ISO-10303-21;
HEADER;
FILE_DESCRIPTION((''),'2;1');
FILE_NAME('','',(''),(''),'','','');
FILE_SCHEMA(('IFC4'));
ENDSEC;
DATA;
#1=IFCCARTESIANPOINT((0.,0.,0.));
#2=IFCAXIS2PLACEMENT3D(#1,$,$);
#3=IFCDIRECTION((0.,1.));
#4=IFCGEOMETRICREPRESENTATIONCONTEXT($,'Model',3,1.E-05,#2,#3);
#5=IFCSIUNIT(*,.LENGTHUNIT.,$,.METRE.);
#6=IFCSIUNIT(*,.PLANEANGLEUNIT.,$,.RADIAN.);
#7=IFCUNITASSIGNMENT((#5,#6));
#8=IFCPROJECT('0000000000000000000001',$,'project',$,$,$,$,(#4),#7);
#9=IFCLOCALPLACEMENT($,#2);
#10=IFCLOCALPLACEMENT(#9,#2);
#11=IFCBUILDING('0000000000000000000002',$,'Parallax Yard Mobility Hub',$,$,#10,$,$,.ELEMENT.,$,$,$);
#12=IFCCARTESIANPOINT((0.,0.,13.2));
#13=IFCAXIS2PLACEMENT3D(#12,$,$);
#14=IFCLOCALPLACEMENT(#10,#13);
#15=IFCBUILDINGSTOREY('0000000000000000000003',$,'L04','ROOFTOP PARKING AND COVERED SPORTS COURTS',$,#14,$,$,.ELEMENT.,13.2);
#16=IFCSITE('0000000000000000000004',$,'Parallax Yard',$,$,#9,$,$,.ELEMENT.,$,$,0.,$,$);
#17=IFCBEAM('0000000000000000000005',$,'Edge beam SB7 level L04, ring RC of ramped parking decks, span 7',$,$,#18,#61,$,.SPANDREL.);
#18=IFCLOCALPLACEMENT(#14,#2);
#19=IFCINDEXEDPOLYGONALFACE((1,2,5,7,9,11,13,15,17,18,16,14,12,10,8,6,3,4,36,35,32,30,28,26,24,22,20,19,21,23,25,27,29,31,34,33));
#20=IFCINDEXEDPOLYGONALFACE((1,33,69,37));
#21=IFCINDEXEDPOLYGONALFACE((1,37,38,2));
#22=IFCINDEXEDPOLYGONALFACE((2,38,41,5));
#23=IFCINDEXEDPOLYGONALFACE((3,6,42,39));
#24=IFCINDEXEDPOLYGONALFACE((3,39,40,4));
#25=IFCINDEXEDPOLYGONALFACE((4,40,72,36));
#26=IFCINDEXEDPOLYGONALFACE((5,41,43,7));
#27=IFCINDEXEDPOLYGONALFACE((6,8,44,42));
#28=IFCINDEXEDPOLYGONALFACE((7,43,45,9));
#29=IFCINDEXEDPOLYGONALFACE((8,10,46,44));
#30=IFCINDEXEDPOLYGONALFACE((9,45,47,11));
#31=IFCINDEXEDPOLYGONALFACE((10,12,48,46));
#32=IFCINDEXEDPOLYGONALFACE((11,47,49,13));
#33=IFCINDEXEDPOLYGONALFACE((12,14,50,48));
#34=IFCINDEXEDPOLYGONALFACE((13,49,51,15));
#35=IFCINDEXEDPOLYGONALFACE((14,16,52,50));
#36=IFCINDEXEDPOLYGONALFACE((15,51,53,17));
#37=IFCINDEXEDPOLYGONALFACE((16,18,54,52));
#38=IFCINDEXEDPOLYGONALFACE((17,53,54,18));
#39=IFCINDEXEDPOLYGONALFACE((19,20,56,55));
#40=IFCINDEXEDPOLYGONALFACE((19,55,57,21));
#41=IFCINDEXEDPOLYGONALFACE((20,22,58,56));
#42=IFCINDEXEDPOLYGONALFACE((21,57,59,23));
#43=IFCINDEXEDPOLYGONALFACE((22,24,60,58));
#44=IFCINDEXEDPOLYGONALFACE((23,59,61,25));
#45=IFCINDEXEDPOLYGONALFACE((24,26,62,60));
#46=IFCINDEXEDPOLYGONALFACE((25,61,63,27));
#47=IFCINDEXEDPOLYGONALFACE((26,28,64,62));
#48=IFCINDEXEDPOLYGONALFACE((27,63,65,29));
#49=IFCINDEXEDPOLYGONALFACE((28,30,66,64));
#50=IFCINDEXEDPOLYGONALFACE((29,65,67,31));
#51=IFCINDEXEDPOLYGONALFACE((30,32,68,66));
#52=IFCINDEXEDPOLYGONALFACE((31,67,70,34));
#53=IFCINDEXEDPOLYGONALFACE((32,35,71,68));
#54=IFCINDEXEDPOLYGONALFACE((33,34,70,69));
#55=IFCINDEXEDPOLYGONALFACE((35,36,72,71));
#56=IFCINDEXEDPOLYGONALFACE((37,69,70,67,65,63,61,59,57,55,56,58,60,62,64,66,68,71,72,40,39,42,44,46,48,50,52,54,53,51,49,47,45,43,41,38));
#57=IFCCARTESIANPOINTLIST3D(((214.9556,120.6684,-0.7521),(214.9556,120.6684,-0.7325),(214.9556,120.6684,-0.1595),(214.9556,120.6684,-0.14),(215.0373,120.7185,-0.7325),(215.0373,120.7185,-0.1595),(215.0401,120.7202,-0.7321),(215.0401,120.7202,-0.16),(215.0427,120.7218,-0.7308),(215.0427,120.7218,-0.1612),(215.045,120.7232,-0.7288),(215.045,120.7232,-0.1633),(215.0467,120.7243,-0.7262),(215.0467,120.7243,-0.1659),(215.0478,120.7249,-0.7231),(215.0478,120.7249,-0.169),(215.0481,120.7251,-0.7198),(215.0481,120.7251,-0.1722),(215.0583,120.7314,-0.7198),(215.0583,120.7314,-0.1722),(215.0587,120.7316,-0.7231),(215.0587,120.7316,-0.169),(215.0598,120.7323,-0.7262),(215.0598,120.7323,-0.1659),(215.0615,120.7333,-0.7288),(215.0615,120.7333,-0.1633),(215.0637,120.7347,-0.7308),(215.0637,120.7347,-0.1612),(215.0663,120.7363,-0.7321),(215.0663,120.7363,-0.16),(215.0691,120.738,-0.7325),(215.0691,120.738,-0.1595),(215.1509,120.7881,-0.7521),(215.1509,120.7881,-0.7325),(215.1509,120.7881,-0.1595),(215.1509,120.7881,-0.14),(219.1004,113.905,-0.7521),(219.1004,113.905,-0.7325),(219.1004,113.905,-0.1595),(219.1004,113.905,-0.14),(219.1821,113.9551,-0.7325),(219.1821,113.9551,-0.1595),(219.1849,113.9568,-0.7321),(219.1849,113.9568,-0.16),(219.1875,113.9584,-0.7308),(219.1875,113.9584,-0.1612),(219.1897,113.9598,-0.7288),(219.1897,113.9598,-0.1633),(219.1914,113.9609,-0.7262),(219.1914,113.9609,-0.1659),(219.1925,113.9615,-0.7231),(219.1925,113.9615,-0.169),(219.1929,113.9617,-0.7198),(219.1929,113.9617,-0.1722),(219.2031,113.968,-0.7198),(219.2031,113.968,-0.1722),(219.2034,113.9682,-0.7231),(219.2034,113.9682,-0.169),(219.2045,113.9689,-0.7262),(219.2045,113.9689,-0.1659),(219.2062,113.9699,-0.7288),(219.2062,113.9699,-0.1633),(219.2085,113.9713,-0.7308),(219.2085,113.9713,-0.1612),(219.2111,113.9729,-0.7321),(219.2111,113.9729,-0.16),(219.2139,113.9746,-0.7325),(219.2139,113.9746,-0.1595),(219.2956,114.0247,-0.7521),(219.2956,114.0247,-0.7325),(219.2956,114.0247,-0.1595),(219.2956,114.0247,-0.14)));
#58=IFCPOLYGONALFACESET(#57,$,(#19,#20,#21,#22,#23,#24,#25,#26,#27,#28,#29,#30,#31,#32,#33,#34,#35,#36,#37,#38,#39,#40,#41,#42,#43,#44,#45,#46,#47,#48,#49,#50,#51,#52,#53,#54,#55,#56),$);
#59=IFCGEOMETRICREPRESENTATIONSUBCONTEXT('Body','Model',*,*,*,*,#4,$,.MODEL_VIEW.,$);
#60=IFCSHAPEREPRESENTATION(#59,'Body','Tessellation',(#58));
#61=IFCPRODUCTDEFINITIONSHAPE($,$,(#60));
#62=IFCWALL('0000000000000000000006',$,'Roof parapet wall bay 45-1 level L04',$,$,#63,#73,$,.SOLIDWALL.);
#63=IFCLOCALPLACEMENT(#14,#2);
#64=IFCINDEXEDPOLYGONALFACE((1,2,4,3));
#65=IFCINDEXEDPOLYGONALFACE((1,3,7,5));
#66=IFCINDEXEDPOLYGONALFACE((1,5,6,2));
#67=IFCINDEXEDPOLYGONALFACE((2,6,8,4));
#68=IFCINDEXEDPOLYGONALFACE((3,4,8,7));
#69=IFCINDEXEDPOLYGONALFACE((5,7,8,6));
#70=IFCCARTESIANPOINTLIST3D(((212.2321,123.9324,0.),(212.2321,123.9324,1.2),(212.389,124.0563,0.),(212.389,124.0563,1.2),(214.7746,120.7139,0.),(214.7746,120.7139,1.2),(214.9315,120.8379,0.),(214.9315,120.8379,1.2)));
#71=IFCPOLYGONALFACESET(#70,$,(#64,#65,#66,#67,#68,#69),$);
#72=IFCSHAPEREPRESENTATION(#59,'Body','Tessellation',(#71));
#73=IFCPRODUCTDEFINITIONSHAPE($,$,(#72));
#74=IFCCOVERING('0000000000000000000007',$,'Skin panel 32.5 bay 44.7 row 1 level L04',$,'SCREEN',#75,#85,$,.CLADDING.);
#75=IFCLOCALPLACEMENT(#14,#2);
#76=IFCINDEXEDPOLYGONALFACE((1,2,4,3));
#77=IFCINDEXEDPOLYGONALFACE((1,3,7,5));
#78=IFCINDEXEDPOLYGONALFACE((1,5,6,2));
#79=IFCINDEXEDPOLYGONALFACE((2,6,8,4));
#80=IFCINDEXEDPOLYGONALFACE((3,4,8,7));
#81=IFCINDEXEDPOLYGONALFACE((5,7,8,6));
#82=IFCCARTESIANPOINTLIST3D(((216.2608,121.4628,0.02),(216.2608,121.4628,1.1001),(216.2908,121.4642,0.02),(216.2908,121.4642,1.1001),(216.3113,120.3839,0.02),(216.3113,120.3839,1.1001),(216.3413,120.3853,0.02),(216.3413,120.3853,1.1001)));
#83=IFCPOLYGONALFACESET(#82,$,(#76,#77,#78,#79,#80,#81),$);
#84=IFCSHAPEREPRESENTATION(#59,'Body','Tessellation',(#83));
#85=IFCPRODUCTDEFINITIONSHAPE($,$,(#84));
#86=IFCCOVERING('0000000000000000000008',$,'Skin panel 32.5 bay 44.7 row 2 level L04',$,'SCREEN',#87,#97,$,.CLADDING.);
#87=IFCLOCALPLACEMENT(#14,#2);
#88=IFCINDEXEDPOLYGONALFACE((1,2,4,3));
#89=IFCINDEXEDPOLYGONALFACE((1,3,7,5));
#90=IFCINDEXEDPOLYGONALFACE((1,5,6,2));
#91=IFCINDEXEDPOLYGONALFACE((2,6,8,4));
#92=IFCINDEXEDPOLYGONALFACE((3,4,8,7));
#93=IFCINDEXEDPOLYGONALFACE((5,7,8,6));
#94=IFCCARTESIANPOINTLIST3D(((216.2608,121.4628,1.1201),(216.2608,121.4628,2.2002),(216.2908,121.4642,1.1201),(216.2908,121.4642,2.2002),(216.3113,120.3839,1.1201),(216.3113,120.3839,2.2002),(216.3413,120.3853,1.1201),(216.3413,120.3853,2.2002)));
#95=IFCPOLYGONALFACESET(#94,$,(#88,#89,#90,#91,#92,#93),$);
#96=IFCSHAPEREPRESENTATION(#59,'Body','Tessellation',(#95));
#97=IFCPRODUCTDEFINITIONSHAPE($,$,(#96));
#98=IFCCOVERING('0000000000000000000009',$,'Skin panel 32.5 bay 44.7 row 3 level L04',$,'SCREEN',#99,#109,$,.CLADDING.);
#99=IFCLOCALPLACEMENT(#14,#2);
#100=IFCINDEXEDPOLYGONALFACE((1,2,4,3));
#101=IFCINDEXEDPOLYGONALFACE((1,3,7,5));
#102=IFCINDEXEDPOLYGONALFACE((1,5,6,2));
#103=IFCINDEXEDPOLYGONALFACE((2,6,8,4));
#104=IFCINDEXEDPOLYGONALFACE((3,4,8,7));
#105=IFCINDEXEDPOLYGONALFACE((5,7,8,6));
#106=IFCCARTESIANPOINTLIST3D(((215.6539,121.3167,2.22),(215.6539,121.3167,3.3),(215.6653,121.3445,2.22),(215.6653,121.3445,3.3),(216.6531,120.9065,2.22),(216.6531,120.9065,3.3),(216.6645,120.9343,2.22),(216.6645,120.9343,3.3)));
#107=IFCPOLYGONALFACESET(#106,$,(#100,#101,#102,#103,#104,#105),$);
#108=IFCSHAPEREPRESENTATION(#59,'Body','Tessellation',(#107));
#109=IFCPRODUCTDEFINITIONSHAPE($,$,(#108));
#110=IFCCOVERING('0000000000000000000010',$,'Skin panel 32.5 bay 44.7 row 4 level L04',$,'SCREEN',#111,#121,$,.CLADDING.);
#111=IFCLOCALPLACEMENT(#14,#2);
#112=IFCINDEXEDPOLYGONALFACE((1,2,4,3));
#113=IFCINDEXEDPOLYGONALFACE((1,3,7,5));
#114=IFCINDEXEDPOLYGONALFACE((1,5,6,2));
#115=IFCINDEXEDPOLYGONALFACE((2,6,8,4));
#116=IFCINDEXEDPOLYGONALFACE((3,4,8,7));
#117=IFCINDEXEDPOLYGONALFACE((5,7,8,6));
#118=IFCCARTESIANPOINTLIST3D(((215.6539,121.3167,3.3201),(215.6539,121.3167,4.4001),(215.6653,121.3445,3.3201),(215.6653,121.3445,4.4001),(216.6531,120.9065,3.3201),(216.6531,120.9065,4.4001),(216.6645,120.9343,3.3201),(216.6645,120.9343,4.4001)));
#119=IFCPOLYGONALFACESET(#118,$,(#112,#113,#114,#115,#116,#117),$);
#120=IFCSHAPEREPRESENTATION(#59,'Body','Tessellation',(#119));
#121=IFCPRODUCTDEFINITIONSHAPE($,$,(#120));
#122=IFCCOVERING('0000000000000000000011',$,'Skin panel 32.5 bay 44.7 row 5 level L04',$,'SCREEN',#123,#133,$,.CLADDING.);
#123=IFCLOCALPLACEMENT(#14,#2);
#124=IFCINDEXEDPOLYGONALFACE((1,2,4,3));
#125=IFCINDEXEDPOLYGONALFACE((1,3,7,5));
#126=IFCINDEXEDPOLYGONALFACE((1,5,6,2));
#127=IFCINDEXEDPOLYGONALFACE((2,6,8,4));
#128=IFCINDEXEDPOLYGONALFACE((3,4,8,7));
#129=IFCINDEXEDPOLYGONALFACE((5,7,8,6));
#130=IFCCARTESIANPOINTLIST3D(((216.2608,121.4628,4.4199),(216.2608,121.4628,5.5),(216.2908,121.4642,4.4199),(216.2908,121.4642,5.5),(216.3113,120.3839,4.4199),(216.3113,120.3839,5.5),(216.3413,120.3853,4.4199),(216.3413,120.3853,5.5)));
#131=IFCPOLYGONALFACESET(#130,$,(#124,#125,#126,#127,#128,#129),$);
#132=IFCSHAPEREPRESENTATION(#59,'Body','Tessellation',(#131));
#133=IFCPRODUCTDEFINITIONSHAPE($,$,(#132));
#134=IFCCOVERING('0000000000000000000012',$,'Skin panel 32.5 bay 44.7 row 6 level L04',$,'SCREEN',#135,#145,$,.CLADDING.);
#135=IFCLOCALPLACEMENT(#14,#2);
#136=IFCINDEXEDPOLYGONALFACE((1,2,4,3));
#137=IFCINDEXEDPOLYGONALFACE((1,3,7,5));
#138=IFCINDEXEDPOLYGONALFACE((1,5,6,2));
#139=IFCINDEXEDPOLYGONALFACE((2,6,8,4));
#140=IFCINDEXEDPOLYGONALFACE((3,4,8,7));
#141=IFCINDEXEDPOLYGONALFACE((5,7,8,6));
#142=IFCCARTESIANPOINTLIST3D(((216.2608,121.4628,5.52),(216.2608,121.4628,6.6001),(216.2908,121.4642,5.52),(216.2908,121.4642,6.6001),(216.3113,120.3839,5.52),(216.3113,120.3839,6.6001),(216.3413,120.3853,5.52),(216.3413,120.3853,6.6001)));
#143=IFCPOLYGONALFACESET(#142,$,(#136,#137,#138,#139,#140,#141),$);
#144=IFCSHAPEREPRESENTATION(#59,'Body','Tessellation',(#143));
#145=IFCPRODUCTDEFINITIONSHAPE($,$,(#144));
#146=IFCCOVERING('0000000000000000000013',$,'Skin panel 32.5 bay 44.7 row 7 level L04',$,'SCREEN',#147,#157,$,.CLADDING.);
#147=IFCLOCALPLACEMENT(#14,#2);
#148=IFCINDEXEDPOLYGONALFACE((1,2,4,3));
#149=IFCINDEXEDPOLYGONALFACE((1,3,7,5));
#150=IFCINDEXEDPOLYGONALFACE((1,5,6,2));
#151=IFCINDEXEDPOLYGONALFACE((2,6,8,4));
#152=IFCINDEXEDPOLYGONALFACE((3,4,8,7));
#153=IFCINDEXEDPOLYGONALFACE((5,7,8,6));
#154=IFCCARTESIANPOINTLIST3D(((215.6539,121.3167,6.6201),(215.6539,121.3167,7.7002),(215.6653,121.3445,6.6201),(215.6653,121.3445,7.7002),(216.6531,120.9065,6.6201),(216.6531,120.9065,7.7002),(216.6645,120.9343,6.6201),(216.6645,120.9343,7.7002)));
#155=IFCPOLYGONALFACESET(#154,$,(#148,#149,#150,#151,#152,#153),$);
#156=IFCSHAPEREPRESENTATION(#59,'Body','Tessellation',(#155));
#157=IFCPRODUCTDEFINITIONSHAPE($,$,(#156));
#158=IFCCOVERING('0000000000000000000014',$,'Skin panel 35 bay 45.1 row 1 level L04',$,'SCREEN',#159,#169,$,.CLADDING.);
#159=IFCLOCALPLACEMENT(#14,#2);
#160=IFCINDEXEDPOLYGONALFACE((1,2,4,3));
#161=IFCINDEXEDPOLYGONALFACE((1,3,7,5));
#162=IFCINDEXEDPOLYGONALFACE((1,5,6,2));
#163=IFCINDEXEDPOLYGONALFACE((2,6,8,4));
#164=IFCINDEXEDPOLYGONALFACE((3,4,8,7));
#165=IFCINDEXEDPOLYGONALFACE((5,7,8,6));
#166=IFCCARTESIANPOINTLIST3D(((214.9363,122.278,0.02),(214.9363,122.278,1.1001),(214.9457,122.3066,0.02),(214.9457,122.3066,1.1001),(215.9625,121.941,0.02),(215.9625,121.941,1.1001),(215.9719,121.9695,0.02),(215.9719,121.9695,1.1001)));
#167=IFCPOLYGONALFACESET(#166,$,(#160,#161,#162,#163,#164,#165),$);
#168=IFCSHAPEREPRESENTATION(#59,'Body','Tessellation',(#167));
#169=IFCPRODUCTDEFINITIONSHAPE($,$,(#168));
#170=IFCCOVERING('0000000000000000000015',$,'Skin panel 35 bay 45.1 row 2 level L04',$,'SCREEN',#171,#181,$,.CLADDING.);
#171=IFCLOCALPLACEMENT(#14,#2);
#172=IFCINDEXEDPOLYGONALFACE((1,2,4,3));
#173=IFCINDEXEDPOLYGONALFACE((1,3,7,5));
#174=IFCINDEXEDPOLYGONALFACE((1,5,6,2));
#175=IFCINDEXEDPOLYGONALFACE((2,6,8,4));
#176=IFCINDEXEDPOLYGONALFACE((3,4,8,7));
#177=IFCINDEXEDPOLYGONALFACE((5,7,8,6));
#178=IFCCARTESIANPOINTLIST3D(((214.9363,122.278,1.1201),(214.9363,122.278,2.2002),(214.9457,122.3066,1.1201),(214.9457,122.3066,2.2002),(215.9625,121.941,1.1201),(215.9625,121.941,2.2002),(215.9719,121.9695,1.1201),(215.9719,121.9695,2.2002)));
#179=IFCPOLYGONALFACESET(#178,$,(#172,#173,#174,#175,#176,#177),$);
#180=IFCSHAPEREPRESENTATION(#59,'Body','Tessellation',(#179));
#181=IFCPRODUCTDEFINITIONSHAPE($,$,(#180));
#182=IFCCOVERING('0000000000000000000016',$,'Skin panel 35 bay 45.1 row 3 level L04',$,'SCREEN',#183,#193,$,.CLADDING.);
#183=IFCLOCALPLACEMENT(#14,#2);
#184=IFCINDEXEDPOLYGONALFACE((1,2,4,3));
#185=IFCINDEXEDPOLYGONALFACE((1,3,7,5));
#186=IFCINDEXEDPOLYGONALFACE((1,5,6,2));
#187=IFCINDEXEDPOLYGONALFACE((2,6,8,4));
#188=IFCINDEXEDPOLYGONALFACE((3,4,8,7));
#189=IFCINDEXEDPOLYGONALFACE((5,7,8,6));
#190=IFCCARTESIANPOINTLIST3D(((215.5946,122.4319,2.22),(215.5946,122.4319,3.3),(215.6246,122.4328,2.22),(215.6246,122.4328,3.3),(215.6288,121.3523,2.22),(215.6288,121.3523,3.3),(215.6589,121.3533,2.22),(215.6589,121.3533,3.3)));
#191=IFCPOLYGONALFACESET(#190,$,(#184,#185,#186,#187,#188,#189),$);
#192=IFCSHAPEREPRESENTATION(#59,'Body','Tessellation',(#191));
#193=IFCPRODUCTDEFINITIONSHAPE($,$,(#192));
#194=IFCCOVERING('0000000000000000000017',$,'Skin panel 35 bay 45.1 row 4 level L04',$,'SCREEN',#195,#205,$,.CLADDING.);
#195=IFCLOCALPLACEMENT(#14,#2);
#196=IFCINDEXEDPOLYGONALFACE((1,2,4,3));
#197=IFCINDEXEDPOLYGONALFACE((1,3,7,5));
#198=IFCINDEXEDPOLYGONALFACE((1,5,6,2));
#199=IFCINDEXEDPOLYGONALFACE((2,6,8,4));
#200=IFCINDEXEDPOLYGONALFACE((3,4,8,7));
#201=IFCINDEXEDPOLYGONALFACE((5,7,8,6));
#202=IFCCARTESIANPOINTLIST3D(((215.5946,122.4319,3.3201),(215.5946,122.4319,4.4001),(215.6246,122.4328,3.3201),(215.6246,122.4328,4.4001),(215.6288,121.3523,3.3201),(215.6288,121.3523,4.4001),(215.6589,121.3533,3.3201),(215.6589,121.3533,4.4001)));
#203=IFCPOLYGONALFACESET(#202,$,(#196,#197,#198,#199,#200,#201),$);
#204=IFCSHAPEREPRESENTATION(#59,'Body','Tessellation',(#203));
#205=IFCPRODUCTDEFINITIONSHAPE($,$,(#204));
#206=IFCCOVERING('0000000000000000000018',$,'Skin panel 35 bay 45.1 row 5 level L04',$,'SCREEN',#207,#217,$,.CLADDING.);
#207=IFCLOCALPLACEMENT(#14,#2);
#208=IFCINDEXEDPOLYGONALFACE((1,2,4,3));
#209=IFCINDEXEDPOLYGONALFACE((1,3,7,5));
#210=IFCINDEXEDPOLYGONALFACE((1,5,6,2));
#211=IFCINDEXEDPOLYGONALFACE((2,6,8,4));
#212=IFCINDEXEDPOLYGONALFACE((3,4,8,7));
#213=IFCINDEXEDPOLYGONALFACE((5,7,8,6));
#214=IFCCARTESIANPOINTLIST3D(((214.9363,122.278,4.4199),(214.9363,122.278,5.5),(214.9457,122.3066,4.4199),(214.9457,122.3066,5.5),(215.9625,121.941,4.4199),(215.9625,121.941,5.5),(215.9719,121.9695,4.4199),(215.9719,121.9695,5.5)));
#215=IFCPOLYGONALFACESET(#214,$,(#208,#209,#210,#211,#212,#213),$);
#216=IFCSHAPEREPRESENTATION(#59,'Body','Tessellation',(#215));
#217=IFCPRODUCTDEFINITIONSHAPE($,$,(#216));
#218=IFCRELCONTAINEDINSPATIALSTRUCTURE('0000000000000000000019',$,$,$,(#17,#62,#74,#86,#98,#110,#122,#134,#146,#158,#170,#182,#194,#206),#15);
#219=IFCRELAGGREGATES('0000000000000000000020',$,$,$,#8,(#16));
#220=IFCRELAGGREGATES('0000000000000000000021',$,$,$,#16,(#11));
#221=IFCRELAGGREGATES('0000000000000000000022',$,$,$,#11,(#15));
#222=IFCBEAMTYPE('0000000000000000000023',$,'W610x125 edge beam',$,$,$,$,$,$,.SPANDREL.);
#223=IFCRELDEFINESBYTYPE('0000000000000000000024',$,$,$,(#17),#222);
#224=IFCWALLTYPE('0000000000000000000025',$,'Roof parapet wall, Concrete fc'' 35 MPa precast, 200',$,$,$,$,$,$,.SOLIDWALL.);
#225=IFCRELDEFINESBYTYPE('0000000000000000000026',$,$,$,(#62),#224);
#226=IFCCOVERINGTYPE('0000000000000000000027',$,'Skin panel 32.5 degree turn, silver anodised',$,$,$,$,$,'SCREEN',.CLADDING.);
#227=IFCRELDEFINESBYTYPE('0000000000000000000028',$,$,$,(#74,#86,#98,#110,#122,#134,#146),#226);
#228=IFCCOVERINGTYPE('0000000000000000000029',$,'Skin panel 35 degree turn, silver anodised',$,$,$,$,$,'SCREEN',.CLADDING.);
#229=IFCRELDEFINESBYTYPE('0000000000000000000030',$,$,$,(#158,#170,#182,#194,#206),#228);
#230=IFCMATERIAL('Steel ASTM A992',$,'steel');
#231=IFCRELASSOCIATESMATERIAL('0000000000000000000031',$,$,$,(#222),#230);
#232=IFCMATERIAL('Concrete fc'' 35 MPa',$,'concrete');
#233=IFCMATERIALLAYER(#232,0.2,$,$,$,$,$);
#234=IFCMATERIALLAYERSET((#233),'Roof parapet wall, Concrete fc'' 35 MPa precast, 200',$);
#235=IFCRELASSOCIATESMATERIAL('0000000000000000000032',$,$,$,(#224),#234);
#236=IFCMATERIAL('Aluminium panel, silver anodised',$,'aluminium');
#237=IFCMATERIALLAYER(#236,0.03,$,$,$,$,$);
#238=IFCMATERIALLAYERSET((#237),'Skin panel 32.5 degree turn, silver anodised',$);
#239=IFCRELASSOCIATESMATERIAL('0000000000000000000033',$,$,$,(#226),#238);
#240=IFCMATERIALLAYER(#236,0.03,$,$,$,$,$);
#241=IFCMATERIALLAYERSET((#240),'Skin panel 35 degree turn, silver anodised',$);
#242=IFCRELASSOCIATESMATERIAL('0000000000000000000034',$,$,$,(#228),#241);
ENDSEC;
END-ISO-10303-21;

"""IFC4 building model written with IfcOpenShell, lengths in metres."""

from ifc_helpers import new_model, si_unit, direction, frame, frame_2d, origin, origin_2d, place, context, subcontext, project, spatial, rectangle, i_section, extrude, material, layer, layer_set, material_profile, profile_set, type_object, element, save


model = new_model("IFC4")

# Units and contexts
model_context = context("Model", 3, precision=1e-05, world=origin(), true_north=direction((0.0, 1.0)))
body_context = subcontext(model_context, "Body", "Model", "MODEL_VIEW")
ifc_project = project(units=[si_unit("LENGTHUNIT", "METRE"), si_unit("PLANEANGLEUNIT", "RADIAN")], contexts=[model_context])

# Site, building, storey
site_placement = place(None, origin())
site = spatial("IfcSite", under=ifc_project, at=site_placement, Name="Parallax Yard", CompositionType="ELEMENT", RefElevation=0.0)
building_placement = place(site_placement, origin())
building = spatial("IfcBuilding", under=site, at=building_placement, Name="Parallax Yard Mobility Hub", CompositionType="ELEMENT")
storey_placement = place(building_placement, frame((0.0, 0.0, 13.2)))
storey = spatial("IfcBuildingStorey", under=building, at=storey_placement, Name="L04", Description="ROOFTOP PARKING AND COVERED SPORTS COURTS", CompositionType="ELEMENT", Elevation=13.2)

# Beam
ifc_material_1 = material(Name="Steel ASTM A992", Category="steel")
ifc_material_profile_1 = material_profile(ifc_material_1, i_section(OverallWidth=0.229, OverallDepth=0.6121, WebThickness=0.012, FlangeThickness=0.0195, FilletRadius=0.0127, at=origin_2d()), Name="W610x125")
ifc_profile_set_1 = profile_set([ifc_material_profile_1], Name="Steel ASTM A992")
beam_type = type_object("IfcBeamType", Name="W610x125 edge beam", PredefinedType="SPANDREL", material=ifc_profile_set_1)
beam_placement = place(storey_placement, frame((215.0532, 120.7283, -0.446), z_axis=(0.522512, -0.852632, 0.0), x_axis=(0.852632, 0.522512, 0.0)))
element("IfcBeam", 1, at=beam_placement, inside=storey, type_object=beam_type, Name="Edge beam SB7 level L04, ring RC of ramped parking decks, span 7", PredefinedType="SPANDREL", context=body_context, shape_type="SweptSolid", body=[
    extrude(i_section(OverallWidth=0.229, OverallDepth=0.6121, WebThickness=0.012, FlangeThickness=0.0195, FilletRadius=0.0127, at=origin_2d()), origin(), (0.0, 0.0, 1.0), 7.9324),
])

# Wall
ifc_material_2 = material(Name="Concrete fc' 35 MPa", Category="concrete")
ifc_layer_1 = layer(ifc_material_2, 0.2)
ifc_layer_set_1 = layer_set([ifc_layer_1], Name="Roof parapet wall, Concrete fc' 35 MPa precast, 200")
wall_type = type_object("IfcWallType", Name="Roof parapet wall, Concrete fc' 35 MPa precast, 200", PredefinedType="SOLIDWALL", material=ifc_layer_set_1)
wall_placement = place(storey_placement, frame((214.853, 120.7759, 0.0), z_axis=(0.0, 0.0, 1.0), x_axis=(-0.619878, 0.784698, 0.0)))
element("IfcWall", 2, at=wall_placement, inside=storey, type_object=wall_type, Name="Roof parapet wall bay 45-1 level L04", PredefinedType="SOLIDWALL", context=body_context, shape_type="SweptSolid", body=[
    extrude(rectangle(XDim=4.1016, YDim=0.2, at=frame_2d((2.0508, 0.0))), origin(), (0.0, 0.0, 1.0), 1.2),
])

# Coverings
ifc_material_3 = material(Name="Aluminium panel, silver anodised", Category="aluminium")
ifc_layer_2 = layer(ifc_material_3, 0.03)
ifc_layer_set_2 = layer_set([ifc_layer_2], Name="Skin panel 32.5 degree turn, silver anodised")
covering_type_1 = type_object("IfcCoveringType", Name="Skin panel 32.5 degree turn, silver anodised", ElementType="SCREEN", PredefinedType="CLADDING", material=ifc_layer_set_2)
for number, where, z_axis, x_axis, name in (
    (3, (216.301, 120.9241, 0.02), (0.0, 0.0, 1.0), (-0.046789, 0.998905, 0.0), "Skin panel 32.5 bay 44.7 row 1 level L04"),
    (4, (216.301, 120.9241, 1.1201), (0.0, 0.0, 1.0), (-0.046789, 0.998905, 0.0), "Skin panel 32.5 bay 44.7 row 2 level L04"),
    (5, (216.1592, 121.1255, 2.22), (0.0, 0.0, 1.0), (0.925089, -0.37975, 0.0), "Skin panel 32.5 bay 44.7 row 3 level L04"),
    (6, (216.1592, 121.1255, 3.3201), (0.0, 0.0, 1.0), (0.925089, -0.37975, 0.0), "Skin panel 32.5 bay 44.7 row 4 level L04"),
    (7, (216.301, 120.9241, 4.4199), (0.0, 0.0, 1.0), (-0.046789, 0.998905, 0.0), "Skin panel 32.5 bay 44.7 row 5 level L04"),
    (8, (216.301, 120.9241, 5.52), (0.0, 0.0, 1.0), (-0.046789, 0.998905, 0.0), "Skin panel 32.5 bay 44.7 row 6 level L04"),
    (9, (216.1592, 121.1255, 6.6201), (0.0, 0.0, 1.0), (0.925089, -0.37975, 0.0), "Skin panel 32.5 bay 44.7 row 7 level L04"),
):
    element("IfcCovering", number, at=place(storey_placement, frame(where, z_axis=z_axis, x_axis=x_axis)), inside=storey, type_object=covering_type_1, Name=name, ObjectType="SCREEN", PredefinedType="CLADDING", context=body_context, shape_type="SweptSolid", body=[
        extrude(rectangle(XDim=1.0801, YDim=0.03, at=origin_2d()), origin(), (0.0, 0.0, 1.0), 1.0801),
    ])
ifc_layer_3 = layer(ifc_material_3, 0.03)
ifc_layer_set_3 = layer_set([ifc_layer_3], Name="Skin panel 35 degree turn, silver anodised")
covering_type_2 = type_object("IfcCoveringType", Name="Skin panel 35 degree turn, silver anodised", ElementType="SCREEN", PredefinedType="CLADDING", material=ifc_layer_set_3)
for number, where, z_axis, x_axis, name in (
    (10, (215.4541, 122.1238, 0.02), (0.0, 0.0, 1.0), (0.950071, -0.312033, 0.0), "Skin panel 35 bay 45.1 row 1 level L04"),
    (11, (215.4541, 122.1238, 1.1201), (0.0, 0.0, 1.0), (0.950071, -0.312033, 0.0), "Skin panel 35 bay 45.1 row 2 level L04"),
    (12, (215.6267, 121.8926, 2.22), (0.0, 0.0, 1.0), (-0.031728, 0.999497, 0.0), "Skin panel 35 bay 45.1 row 3 level L04"),
    (13, (215.6267, 121.8926, 3.3201), (0.0, 0.0, 1.0), (-0.031728, 0.999497, 0.0), "Skin panel 35 bay 45.1 row 4 level L04"),
    (14, (215.4541, 122.1238, 4.4199), (0.0, 0.0, 1.0), (0.950071, -0.312033, 0.0), "Skin panel 35 bay 45.1 row 5 level L04"),
):
    element("IfcCovering", number, at=place(storey_placement, frame(where, z_axis=z_axis, x_axis=x_axis)), inside=storey, type_object=covering_type_2, Name=name, ObjectType="SCREEN", PredefinedType="CLADDING", context=body_context, shape_type="SweptSolid", body=[
        extrude(rectangle(XDim=1.0801, YDim=0.03, at=origin_2d()), origin(), (0.0, 0.0, 1.0), 1.0801),
    ])

save(model, "model.ifc")
